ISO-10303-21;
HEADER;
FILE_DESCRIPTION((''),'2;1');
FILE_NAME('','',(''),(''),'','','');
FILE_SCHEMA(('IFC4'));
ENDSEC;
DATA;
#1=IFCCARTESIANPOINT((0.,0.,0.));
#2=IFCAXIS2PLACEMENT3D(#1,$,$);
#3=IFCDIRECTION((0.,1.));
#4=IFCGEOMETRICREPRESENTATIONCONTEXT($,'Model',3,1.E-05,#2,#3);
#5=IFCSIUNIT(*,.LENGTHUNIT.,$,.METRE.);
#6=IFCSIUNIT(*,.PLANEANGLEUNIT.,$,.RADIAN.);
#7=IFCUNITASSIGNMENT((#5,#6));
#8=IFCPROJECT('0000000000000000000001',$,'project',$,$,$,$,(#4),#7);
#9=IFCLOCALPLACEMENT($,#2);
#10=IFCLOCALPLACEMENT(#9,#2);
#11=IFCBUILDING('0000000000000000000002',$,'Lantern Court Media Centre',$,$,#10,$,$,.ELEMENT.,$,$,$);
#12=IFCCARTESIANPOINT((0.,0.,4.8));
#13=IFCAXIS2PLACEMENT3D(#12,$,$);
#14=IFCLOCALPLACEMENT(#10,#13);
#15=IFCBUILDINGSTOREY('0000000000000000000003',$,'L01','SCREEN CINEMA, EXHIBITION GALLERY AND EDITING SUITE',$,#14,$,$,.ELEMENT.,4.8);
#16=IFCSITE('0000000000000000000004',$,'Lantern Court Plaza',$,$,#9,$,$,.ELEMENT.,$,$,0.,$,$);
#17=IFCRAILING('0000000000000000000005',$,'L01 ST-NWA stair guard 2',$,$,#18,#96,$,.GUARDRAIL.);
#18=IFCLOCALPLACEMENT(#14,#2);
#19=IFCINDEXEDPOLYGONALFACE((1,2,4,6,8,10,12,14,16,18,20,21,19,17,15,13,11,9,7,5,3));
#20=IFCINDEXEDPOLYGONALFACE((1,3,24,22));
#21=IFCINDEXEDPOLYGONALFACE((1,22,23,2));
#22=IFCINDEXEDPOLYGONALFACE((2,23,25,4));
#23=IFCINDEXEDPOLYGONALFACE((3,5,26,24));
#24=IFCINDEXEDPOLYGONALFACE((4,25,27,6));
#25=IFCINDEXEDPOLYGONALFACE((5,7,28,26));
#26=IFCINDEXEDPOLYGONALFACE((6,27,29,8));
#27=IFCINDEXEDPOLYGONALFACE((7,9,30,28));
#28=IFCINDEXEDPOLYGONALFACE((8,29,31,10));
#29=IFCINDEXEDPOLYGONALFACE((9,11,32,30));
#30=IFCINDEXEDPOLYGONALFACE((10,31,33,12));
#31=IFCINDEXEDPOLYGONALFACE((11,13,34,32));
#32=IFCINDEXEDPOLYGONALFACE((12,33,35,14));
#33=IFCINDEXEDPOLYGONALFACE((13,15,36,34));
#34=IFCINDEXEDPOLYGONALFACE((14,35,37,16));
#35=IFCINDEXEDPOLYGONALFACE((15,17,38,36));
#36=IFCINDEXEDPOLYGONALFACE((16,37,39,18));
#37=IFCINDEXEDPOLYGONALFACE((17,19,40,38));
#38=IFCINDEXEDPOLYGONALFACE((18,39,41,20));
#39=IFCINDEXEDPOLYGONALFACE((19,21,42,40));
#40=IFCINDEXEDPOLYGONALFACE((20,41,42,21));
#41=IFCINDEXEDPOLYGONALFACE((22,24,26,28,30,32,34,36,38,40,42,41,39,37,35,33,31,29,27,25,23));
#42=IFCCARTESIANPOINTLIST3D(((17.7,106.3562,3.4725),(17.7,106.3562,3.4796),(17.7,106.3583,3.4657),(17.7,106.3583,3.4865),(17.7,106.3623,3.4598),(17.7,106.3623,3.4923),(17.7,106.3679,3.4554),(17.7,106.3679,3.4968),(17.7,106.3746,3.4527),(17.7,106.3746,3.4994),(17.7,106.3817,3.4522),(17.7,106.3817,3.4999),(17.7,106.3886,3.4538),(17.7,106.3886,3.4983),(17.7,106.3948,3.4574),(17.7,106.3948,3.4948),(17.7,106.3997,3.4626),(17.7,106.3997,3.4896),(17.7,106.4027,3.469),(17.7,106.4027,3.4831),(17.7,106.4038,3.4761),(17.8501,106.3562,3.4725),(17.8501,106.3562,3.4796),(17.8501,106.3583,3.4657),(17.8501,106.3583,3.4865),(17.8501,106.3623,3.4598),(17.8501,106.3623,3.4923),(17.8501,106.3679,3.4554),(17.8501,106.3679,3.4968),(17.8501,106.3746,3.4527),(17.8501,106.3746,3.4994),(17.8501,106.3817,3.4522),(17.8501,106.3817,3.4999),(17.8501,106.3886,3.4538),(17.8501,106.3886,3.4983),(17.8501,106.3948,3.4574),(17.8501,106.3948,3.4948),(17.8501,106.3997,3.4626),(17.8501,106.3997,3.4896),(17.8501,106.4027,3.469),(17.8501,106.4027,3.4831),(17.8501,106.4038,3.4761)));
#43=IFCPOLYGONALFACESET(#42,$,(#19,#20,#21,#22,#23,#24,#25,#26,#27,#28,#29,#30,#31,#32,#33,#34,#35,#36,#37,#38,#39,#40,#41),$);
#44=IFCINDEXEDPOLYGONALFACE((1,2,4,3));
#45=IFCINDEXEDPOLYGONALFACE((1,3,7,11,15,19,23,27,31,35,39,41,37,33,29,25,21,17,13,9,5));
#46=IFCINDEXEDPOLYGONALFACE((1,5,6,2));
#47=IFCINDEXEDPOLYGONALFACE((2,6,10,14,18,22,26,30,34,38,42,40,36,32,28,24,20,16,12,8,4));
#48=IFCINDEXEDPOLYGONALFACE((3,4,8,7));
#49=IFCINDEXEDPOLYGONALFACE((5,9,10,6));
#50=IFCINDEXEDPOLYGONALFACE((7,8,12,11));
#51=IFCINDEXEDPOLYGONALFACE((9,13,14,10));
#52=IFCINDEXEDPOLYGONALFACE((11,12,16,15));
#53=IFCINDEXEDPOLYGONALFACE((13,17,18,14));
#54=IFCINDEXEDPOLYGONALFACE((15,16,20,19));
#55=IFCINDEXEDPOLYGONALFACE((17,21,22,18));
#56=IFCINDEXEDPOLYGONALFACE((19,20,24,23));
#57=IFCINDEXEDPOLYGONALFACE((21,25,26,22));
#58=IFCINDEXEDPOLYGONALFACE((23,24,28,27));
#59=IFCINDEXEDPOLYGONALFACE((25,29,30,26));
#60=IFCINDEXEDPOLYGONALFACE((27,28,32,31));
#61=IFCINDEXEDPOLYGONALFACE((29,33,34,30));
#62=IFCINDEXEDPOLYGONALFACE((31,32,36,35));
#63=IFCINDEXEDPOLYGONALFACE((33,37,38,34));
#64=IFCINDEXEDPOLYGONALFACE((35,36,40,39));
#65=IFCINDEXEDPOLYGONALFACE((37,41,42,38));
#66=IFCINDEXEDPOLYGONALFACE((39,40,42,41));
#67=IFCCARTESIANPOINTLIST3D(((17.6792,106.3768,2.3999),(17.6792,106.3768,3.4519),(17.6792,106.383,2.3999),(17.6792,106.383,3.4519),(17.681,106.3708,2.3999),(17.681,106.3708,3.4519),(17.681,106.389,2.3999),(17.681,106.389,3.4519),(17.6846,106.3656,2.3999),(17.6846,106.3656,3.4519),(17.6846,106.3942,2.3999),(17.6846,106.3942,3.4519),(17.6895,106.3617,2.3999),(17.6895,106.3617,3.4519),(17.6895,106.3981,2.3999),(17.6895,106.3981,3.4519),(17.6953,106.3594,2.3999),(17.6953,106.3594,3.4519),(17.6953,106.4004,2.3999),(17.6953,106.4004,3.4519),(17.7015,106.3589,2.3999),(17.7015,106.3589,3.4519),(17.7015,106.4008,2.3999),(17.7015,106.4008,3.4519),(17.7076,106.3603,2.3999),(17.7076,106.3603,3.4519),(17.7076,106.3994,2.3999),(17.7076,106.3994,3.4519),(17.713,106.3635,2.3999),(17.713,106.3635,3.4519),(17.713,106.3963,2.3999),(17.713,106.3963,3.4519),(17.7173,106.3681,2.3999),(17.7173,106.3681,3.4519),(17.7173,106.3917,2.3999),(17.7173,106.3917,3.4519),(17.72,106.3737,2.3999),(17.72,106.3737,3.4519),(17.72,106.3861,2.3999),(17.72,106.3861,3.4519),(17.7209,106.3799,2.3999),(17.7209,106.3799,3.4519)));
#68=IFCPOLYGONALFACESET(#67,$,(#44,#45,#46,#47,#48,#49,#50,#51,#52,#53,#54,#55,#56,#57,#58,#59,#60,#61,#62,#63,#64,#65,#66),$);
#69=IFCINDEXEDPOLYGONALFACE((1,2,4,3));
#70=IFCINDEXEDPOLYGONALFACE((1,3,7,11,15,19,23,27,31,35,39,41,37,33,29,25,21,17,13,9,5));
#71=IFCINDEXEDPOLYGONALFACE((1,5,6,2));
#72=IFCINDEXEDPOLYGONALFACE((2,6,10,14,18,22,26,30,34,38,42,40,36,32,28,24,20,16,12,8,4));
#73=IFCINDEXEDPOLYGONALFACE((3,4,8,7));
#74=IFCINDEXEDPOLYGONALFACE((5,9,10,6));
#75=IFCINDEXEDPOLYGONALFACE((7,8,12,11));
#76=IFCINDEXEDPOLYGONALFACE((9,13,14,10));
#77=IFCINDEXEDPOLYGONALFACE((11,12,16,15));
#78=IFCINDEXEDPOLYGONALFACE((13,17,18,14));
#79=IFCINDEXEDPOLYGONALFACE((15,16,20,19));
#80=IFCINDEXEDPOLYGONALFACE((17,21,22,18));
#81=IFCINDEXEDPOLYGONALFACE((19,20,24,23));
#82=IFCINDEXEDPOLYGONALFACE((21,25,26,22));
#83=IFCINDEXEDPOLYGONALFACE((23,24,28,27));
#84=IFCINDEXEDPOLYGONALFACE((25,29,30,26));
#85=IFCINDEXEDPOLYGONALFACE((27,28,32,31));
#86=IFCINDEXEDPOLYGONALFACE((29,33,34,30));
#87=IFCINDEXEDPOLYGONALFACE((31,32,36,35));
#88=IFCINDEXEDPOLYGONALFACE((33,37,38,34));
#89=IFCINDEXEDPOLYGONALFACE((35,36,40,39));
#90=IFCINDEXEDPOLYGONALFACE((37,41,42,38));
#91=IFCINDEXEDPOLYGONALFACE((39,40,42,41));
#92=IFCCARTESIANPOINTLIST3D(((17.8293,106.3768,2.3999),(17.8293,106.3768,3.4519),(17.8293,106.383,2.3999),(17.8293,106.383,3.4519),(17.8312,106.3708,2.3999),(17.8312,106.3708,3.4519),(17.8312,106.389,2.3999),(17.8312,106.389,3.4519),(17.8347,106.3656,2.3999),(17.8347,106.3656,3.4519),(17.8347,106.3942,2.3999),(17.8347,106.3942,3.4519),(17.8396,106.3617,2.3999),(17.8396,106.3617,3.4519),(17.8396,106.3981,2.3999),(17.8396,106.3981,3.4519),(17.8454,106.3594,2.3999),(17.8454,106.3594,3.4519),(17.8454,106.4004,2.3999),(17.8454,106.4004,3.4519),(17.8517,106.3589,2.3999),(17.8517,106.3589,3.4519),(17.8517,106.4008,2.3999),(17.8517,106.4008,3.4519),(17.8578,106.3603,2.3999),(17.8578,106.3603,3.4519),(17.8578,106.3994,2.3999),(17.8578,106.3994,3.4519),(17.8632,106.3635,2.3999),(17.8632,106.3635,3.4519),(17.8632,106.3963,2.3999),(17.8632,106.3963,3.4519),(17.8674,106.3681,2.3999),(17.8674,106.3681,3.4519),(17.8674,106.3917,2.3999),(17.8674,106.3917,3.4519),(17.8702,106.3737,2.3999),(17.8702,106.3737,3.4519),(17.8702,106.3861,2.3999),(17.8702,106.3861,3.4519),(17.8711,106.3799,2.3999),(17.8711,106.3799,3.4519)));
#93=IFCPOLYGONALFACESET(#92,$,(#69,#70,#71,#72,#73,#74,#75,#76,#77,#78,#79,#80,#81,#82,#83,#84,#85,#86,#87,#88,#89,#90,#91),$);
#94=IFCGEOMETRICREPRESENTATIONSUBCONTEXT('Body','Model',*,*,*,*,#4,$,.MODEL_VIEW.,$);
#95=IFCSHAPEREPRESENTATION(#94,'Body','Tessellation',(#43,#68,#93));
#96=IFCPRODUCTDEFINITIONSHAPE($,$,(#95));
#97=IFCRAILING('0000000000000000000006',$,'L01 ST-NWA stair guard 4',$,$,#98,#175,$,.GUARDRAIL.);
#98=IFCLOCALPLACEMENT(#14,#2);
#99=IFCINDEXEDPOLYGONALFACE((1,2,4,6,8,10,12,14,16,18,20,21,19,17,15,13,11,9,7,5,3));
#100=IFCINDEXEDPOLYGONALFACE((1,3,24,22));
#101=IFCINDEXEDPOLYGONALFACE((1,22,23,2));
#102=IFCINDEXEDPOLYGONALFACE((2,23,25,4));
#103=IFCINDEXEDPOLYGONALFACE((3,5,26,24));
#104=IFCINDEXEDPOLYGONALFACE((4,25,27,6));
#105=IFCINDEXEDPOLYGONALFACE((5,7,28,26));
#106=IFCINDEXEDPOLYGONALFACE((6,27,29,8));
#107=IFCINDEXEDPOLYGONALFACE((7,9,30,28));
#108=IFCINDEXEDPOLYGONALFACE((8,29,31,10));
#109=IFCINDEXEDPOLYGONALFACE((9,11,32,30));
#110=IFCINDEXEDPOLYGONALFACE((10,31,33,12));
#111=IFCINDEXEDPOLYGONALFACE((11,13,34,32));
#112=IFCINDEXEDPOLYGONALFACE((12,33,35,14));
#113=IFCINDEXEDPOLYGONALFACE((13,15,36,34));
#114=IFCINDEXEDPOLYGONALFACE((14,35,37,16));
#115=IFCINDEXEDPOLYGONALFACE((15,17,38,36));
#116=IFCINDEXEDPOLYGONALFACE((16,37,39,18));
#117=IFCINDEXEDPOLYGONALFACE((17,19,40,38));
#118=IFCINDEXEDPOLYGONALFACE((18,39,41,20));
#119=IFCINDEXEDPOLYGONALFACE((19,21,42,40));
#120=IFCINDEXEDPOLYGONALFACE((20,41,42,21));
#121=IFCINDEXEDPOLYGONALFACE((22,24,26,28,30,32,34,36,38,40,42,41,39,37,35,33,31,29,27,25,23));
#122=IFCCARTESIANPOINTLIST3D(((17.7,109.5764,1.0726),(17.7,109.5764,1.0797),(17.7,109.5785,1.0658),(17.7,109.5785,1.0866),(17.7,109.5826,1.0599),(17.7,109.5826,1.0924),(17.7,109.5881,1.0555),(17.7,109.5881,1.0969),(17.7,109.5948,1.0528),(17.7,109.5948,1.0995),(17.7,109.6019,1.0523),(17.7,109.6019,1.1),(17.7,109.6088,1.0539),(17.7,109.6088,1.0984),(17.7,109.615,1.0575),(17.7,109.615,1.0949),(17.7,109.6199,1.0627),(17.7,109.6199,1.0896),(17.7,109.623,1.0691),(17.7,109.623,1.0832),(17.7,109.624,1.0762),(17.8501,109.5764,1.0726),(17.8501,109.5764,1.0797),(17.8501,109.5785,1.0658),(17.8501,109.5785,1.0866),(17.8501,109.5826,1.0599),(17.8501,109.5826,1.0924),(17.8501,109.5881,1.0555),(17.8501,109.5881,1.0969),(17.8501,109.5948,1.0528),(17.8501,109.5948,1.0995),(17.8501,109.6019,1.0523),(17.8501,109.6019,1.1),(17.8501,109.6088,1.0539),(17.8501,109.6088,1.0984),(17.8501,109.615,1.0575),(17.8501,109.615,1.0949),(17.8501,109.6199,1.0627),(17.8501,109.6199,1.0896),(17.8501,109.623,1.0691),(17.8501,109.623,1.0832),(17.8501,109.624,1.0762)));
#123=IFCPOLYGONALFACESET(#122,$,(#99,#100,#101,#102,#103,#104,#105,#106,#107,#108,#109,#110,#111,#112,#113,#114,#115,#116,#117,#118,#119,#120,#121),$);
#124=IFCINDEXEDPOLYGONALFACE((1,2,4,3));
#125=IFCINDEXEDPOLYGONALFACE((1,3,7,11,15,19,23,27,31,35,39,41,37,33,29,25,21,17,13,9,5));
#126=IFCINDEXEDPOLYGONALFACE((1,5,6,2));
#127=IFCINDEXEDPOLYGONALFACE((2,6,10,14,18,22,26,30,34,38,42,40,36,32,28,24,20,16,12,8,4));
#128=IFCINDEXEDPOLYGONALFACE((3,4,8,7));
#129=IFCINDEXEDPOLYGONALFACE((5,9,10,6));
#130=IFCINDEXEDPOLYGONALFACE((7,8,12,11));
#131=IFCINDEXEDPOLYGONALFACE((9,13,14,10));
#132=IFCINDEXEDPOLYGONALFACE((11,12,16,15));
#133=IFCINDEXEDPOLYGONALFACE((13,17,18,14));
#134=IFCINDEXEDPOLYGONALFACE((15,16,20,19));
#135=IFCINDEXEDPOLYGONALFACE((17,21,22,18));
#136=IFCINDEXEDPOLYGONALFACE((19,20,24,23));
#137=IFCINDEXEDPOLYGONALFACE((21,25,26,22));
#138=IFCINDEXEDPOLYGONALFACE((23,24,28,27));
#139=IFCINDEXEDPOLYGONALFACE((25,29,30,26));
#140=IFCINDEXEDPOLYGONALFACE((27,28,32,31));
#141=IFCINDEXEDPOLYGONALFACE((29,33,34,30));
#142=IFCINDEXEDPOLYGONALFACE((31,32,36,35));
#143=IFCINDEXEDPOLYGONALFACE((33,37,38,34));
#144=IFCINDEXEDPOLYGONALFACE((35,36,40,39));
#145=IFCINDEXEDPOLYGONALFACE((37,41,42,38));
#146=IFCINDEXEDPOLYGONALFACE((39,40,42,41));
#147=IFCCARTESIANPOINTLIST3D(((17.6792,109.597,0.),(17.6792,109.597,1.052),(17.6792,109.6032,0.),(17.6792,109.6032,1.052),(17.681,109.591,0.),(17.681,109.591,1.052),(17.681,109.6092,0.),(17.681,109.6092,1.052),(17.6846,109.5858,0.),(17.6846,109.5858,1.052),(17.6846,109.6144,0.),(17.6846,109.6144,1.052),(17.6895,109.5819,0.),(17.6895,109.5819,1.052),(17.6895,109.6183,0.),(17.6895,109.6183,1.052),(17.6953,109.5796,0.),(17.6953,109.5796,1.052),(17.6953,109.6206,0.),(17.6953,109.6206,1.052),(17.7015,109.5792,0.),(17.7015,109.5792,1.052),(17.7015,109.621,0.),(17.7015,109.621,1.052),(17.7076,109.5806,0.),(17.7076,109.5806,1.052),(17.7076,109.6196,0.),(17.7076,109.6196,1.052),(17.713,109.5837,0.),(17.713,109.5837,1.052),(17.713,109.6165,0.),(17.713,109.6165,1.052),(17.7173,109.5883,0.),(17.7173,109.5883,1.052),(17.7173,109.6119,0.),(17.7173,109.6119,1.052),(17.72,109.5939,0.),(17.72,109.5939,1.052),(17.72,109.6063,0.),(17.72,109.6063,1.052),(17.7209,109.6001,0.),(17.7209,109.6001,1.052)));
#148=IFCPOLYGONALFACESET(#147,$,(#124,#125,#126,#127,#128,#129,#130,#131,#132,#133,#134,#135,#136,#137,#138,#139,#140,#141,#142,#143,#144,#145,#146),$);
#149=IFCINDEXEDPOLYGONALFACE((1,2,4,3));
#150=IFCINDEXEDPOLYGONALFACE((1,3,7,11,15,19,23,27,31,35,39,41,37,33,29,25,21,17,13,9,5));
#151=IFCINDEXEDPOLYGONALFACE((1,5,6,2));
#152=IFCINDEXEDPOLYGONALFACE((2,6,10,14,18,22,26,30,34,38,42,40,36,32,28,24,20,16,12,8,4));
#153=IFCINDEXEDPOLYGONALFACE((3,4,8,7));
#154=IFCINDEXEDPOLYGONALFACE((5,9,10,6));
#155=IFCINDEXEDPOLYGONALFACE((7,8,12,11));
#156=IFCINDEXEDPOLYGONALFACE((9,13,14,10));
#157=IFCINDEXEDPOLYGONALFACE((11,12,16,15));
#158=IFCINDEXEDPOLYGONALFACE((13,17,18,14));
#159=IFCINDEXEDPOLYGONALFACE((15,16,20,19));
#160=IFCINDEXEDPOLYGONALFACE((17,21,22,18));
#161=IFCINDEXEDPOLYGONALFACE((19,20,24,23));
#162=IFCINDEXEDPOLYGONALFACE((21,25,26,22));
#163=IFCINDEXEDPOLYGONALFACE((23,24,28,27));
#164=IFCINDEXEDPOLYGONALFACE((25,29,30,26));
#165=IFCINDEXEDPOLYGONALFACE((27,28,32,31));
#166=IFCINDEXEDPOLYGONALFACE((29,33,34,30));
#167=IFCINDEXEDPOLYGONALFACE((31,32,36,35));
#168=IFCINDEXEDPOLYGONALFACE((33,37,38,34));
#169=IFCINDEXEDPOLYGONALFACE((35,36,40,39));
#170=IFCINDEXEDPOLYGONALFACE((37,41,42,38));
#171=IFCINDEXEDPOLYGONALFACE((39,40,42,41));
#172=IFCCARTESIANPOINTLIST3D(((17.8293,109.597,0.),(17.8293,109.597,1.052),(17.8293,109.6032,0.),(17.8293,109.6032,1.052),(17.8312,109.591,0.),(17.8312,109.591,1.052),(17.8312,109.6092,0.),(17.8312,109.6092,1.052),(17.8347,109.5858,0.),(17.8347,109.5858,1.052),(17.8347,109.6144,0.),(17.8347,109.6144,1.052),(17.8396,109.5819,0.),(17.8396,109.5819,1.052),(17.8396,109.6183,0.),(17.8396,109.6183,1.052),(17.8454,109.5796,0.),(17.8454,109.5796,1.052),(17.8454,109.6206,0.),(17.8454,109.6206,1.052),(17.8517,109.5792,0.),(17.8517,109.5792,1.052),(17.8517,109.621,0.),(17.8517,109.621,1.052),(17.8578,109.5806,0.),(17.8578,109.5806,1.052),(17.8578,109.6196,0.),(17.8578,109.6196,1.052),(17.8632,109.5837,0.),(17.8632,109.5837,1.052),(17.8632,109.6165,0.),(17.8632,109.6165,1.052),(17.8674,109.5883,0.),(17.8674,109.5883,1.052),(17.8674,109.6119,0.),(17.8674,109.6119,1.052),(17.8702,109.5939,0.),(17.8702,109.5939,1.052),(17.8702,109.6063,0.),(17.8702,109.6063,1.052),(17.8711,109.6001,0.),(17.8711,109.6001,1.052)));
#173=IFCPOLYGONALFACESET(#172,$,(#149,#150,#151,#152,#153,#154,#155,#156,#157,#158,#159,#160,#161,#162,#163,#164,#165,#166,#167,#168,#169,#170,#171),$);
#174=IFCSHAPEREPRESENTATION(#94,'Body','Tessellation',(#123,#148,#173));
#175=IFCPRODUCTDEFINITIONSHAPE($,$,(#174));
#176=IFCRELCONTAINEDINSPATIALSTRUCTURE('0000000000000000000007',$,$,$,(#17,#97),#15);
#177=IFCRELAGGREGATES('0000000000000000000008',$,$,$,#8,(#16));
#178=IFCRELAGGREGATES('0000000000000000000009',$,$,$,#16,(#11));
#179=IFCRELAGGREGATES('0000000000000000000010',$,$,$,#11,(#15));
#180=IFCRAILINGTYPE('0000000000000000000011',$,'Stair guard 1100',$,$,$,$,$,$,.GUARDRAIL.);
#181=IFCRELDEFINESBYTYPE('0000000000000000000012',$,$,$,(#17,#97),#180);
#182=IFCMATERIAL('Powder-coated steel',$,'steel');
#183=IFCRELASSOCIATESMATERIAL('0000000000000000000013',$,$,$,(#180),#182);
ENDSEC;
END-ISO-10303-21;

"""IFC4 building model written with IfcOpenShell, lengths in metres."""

from ifc_helpers import new_model, si_unit, direction, frame, origin, origin_2d, place, context, subcontext, project, spatial, circle, extrude, material, type_object, element, save


model = new_model("IFC4")

# Units and contexts
model_context = context("Model", 3, precision=1e-05, world=origin(), true_north=direction((0.0, 1.0)))
body_context = subcontext(model_context, "Body", "Model", "MODEL_VIEW")
ifc_project = project(units=[si_unit("LENGTHUNIT", "METRE"), si_unit("PLANEANGLEUNIT", "RADIAN")], contexts=[model_context])

# Site, building, storey
site_placement = place(None, origin())
site = spatial("IfcSite", under=ifc_project, at=site_placement, Name="Lantern Court Plaza", CompositionType="ELEMENT", RefElevation=0.0)
building_placement = place(site_placement, origin())
building = spatial("IfcBuilding", under=site, at=building_placement, Name="Lantern Court Media Centre", CompositionType="ELEMENT")
storey_placement = place(building_placement, frame((0.0, 0.0, 4.8)))
storey = spatial("IfcBuildingStorey", under=building, at=storey_placement, Name="L01", Description="SCREEN CINEMA, EXHIBITION GALLERY AND EDITING SUITE", CompositionType="ELEMENT", Elevation=4.8)

# Shared definitions
ifc_material_1 = material(Name="Powder-coated steel", Category="steel")

# Railings
railing_type_1 = type_object("IfcRailingType", Name="Stair guard 1100", PredefinedType="GUARDRAIL", material=ifc_material_1)
for number, where, name in (
    (1, (17.7, 106.3799, 2.3999), "L01 ST-NWA stair guard 2"),
    (2, (17.7, 109.6001, 0.0), "L01 ST-NWA stair guard 4"),
):
    element("IfcRailing", number, at=place(storey_placement, frame(where)), inside=storey, type_object=railing_type_1, Name=name, PredefinedType="GUARDRAIL", context=body_context, shape_type="SweptSolid", body=[
        extrude(circle(Radius=0.0239, at=origin_2d()), frame((0.0, 0.0, 1.0762), z_axis=(1.0, 0.0, 0.0), x_axis=(0.0, 1.0, 0.0)), (0.0, 0.0, 1.0), 0.1501),
        extrude(circle(Radius=0.021, at=origin_2d()), origin(), (0.0, 0.0, 1.0), 1.052),
        extrude(circle(Radius=0.021, at=origin_2d()), frame((0.1501, 0.0, 0.0)), (0.0, 0.0, 1.0), 1.052),
    ])

save(model, "model.ifc")
